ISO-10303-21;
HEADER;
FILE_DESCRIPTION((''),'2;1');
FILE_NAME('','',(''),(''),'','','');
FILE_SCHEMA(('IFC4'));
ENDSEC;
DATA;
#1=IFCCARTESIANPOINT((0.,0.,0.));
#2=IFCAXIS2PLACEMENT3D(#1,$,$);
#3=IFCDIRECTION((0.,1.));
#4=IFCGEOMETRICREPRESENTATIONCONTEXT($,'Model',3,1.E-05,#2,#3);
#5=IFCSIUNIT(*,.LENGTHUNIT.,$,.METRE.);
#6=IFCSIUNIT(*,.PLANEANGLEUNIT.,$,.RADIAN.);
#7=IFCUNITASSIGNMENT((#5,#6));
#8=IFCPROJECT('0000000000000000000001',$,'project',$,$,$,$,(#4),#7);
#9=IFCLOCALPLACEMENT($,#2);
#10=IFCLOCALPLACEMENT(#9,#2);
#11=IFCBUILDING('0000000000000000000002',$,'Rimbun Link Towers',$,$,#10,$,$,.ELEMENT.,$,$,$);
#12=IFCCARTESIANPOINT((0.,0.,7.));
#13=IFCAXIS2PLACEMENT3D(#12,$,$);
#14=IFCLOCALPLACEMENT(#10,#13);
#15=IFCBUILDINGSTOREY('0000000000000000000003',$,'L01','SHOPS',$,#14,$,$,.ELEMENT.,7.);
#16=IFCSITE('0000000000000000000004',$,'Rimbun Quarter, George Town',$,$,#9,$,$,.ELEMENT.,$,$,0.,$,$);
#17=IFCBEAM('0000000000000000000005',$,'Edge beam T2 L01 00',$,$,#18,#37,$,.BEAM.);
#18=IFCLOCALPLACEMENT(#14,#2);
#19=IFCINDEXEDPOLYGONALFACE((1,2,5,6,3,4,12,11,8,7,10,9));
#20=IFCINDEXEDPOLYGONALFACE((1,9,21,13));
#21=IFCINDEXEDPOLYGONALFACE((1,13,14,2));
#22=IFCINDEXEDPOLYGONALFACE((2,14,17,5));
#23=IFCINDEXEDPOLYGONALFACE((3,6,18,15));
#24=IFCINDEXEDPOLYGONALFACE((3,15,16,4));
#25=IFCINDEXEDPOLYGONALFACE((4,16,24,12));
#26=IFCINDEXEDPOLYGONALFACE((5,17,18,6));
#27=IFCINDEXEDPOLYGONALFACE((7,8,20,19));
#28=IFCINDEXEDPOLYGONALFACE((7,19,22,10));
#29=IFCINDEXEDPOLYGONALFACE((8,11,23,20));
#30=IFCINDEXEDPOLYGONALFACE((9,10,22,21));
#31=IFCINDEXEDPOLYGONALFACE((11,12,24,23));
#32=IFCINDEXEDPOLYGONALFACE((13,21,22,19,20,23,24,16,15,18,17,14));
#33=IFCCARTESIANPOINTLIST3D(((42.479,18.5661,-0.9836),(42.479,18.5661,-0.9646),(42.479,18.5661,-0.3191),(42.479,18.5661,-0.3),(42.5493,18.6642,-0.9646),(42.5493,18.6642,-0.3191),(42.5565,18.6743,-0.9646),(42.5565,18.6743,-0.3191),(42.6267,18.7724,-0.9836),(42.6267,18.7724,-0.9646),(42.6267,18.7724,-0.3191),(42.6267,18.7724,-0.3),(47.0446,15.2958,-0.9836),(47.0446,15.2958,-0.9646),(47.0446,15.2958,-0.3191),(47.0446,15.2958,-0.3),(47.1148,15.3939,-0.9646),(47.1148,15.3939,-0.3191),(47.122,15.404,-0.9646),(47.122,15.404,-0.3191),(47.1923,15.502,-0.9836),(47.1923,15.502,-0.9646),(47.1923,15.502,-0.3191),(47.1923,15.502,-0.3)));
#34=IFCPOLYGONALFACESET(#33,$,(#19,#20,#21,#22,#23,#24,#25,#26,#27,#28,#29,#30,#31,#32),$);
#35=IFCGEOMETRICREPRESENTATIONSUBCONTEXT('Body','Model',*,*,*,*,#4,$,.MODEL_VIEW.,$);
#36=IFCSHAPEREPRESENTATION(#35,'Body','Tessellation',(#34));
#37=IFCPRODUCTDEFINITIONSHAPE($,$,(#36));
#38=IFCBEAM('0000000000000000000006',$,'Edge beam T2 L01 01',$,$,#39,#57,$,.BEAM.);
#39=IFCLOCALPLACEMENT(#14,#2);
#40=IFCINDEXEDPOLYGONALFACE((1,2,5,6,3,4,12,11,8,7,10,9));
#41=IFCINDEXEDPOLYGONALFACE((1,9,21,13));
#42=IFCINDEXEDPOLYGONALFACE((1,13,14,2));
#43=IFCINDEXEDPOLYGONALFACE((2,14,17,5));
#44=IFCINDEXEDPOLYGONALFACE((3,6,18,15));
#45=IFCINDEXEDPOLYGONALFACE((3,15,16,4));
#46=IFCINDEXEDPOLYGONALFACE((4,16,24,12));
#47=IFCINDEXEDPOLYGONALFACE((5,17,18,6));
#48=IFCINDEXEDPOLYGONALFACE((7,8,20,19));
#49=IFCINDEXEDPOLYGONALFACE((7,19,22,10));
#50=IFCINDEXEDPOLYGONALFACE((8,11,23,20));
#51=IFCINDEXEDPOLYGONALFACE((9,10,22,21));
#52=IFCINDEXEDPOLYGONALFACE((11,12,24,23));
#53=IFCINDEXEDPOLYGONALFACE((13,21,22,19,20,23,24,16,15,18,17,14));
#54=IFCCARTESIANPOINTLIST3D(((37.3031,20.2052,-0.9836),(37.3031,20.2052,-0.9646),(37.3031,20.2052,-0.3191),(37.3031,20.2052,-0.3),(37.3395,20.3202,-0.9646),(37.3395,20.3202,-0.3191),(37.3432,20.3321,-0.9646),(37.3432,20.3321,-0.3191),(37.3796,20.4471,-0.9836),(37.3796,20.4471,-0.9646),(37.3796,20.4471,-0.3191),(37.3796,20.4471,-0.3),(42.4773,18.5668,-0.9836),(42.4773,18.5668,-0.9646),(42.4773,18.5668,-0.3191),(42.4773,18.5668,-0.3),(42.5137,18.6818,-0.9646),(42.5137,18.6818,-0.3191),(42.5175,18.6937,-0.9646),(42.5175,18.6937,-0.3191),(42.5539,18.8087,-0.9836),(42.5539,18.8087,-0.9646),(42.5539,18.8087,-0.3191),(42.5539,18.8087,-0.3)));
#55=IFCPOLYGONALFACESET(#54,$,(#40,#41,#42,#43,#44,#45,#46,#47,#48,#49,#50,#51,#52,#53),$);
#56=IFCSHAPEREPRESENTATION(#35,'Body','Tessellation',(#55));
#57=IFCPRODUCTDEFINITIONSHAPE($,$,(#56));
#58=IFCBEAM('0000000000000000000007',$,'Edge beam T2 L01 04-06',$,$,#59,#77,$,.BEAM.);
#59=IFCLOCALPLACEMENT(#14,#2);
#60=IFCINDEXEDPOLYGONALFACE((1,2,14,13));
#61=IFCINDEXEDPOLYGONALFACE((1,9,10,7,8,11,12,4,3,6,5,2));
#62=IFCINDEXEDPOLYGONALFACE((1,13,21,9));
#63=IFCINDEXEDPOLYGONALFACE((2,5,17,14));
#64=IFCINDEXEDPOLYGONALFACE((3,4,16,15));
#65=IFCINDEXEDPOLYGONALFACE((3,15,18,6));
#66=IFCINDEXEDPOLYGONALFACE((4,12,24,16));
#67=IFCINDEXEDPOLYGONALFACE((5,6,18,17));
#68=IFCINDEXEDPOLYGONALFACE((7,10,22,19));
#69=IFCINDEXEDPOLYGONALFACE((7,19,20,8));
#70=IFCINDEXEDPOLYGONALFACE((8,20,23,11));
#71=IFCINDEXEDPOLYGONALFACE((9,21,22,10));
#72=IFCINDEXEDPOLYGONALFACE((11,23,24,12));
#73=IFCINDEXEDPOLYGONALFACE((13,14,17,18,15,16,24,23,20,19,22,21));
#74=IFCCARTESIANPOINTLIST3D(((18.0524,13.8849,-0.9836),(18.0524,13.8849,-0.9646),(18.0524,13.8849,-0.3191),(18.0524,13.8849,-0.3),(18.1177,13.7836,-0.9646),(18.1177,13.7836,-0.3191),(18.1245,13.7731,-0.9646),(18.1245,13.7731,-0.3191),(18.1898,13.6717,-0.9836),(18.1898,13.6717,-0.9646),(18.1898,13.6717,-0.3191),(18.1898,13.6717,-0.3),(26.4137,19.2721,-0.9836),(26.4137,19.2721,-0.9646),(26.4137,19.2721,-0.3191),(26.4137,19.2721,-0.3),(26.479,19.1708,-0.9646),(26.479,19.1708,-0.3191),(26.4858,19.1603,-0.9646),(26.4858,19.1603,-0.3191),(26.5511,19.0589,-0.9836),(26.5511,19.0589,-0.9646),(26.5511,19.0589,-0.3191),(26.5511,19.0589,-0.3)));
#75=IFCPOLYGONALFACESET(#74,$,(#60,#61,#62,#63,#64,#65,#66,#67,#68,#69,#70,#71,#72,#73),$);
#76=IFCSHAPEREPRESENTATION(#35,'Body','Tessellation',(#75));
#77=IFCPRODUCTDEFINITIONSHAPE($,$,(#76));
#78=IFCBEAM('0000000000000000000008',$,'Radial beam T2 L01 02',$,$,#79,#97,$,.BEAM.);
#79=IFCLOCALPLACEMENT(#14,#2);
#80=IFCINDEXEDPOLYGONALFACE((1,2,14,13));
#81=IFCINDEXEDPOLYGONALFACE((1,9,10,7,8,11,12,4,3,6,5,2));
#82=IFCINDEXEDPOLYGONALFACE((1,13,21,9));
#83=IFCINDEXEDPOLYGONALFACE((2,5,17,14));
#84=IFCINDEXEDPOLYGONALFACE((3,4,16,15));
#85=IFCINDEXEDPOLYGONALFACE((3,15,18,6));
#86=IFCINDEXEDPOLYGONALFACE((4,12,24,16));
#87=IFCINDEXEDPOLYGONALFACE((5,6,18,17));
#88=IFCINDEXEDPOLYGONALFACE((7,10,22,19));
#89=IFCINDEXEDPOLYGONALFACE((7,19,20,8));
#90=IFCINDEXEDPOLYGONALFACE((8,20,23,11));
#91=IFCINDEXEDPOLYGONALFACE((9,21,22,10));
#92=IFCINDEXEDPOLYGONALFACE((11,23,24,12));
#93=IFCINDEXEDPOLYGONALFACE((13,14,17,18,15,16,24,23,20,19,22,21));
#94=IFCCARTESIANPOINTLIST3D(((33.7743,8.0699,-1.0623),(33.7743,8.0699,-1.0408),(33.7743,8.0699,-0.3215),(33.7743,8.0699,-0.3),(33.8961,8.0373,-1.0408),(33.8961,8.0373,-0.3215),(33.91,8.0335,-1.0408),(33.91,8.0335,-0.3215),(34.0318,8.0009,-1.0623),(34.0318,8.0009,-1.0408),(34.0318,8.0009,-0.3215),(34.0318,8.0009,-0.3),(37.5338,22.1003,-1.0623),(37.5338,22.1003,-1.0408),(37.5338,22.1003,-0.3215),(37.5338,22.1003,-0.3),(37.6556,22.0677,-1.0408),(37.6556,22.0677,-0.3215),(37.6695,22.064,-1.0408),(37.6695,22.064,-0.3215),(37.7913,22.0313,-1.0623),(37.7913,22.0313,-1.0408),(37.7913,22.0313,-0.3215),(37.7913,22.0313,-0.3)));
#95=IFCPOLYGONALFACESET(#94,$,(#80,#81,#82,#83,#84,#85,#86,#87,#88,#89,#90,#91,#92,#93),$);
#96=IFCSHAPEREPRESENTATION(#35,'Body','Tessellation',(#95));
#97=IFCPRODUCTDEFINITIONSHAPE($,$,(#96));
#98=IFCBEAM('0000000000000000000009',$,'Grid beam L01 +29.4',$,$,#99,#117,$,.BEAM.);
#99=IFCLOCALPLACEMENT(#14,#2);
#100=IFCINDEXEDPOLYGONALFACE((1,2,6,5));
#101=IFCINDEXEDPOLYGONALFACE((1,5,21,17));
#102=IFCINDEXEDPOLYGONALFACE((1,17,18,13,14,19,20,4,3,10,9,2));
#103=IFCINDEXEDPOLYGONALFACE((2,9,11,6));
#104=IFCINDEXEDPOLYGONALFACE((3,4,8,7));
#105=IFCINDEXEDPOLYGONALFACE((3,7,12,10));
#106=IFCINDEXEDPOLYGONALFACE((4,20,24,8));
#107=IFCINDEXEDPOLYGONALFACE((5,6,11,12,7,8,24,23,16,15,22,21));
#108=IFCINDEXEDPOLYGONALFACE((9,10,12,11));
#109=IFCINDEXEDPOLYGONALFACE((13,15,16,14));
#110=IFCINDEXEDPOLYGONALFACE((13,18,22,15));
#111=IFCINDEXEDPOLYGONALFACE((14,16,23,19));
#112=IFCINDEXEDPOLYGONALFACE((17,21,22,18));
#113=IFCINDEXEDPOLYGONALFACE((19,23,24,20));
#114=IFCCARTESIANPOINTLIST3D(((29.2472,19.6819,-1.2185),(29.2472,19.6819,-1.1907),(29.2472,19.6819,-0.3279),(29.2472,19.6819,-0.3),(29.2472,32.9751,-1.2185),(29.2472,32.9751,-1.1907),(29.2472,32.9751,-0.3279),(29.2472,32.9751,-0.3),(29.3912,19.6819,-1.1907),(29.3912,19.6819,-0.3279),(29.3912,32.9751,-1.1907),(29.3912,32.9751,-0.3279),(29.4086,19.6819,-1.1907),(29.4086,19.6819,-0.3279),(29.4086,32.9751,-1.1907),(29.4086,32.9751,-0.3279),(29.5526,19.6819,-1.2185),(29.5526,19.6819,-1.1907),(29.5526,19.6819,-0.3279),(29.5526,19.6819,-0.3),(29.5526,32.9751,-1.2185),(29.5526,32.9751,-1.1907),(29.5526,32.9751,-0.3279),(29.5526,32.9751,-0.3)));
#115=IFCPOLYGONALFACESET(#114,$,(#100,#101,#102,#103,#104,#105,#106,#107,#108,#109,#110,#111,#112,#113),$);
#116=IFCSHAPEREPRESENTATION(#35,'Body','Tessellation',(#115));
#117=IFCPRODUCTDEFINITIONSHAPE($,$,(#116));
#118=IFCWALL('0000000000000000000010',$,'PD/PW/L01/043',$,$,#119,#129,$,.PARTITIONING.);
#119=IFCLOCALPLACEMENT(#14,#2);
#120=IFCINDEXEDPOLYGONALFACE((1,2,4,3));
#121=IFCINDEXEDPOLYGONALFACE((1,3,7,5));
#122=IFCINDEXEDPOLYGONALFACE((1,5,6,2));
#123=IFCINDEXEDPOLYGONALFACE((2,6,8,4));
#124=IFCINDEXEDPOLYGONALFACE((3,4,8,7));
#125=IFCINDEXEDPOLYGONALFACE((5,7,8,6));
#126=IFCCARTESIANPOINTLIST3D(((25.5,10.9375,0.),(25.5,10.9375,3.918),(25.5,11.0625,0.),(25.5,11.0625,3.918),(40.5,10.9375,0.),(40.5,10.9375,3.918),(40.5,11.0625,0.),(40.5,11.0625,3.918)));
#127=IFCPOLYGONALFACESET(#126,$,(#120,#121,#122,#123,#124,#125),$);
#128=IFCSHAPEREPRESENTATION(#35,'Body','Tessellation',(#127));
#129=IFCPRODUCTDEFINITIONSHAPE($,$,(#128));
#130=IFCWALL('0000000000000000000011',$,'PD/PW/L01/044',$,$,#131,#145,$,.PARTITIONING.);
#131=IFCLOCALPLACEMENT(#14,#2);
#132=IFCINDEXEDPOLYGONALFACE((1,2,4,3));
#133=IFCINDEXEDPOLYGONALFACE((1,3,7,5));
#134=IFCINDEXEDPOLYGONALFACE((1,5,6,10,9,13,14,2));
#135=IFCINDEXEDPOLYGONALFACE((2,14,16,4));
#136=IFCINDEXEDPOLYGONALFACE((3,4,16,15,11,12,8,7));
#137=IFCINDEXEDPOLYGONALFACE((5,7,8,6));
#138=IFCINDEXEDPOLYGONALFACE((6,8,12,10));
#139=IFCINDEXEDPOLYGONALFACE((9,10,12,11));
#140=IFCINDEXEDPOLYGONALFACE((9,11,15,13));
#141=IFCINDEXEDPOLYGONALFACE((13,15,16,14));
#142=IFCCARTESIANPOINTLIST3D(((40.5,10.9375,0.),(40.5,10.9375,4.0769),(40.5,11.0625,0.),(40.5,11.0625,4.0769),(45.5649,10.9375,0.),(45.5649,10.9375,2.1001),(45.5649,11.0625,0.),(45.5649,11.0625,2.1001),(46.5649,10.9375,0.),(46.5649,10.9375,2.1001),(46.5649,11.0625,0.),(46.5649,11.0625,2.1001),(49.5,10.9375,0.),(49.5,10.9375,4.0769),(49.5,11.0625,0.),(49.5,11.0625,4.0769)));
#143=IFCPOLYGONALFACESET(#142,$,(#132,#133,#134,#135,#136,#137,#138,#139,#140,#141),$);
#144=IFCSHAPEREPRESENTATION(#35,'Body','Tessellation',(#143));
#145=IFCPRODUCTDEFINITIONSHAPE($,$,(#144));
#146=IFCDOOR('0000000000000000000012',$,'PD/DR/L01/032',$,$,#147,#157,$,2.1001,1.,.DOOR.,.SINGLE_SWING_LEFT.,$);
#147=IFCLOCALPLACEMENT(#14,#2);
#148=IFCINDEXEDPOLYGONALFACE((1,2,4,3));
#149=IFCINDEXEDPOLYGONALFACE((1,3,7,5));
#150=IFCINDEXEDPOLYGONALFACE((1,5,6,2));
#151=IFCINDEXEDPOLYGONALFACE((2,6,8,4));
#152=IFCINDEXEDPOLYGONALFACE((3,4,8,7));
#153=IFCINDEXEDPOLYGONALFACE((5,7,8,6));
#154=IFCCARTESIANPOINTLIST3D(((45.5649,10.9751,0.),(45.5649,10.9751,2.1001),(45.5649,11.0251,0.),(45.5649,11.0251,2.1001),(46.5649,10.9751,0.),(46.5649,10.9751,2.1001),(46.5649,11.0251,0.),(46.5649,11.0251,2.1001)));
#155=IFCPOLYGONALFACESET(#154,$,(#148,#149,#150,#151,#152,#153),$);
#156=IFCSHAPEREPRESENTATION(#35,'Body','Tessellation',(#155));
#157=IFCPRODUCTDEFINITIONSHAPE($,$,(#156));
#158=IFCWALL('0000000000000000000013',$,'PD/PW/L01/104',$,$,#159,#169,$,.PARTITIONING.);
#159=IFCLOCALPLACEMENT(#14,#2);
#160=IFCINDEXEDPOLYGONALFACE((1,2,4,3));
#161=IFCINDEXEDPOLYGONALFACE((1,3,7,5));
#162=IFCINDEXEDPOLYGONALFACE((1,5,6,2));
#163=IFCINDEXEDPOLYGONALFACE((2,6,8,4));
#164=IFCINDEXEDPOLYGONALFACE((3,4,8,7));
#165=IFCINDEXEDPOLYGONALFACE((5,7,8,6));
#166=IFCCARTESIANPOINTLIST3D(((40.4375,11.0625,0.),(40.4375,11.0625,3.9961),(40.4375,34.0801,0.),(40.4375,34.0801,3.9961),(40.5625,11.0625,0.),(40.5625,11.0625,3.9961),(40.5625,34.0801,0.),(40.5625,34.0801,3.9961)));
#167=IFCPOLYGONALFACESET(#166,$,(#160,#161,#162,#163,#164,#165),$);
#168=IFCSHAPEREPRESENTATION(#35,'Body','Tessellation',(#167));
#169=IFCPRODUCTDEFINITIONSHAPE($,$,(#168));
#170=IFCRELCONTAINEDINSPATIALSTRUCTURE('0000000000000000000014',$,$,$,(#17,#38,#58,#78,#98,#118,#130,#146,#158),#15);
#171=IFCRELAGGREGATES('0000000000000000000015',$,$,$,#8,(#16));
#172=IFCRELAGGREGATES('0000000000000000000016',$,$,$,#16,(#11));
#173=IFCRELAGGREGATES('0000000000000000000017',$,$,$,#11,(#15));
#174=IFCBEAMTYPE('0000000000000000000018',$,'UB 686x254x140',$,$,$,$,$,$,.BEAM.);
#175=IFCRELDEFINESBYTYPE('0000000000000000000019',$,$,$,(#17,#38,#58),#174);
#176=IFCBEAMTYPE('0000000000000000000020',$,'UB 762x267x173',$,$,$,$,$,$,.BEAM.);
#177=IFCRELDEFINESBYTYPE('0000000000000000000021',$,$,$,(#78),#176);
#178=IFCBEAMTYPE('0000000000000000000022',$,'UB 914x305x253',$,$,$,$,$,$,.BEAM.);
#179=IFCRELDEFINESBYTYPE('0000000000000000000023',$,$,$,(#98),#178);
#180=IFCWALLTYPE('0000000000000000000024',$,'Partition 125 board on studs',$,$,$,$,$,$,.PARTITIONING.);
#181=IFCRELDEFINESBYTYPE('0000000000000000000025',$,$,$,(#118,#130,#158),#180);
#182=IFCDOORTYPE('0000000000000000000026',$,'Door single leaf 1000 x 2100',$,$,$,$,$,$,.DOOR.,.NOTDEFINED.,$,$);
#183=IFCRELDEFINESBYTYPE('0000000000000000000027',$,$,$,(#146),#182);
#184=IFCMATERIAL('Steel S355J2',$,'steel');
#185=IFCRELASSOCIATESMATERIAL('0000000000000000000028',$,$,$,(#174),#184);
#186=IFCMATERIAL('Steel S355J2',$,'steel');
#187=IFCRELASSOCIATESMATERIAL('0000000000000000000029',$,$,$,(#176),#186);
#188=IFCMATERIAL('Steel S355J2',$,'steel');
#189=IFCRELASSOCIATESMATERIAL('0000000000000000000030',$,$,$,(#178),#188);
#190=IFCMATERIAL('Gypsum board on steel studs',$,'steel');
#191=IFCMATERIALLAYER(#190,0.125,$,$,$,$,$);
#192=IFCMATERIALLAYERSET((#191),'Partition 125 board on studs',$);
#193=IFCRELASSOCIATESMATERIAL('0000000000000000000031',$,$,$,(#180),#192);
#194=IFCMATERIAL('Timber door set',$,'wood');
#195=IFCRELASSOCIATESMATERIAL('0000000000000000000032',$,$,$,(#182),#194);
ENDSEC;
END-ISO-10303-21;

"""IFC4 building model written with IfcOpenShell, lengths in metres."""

from ifc_helpers import new_model, si_unit, direction, frame, frame_2d, origin, origin_2d, place, context, subcontext, project, spatial, rectangle, i_section, extrude, material, layer, layer_set, material_profile, profile_set, type_object, element, fill, save


model = new_model("IFC4")

# Units and contexts
model_context = context("Model", 3, precision=1e-05, world=origin(), true_north=direction((0.0, 1.0)))
body_context = subcontext(model_context, "Body", "Model", "MODEL_VIEW")
ifc_project = project(units=[si_unit("LENGTHUNIT", "METRE"), si_unit("PLANEANGLEUNIT", "RADIAN")], contexts=[model_context])

# Site, building, storey
site_placement = place(None, origin())
site = spatial("IfcSite", under=ifc_project, at=site_placement, Name="Rimbun Quarter, George Town", CompositionType="ELEMENT", RefElevation=0.0)
building_placement = place(site_placement, origin())
building = spatial("IfcBuilding", under=site, at=building_placement, Name="Rimbun Link Towers", CompositionType="ELEMENT")
storey_placement = place(building_placement, frame((0.0, 0.0, 7.0)))
storey = spatial("IfcBuildingStorey", under=building, at=storey_placement, Name="L01", Description="SHOPS", CompositionType="ELEMENT", Elevation=7.0)

# Beams
ifc_material_1 = material(Name="Steel S355J2", Category="steel")
ifc_material_profile_1 = material_profile(ifc_material_1, i_section(OverallWidth=0.2537, OverallDepth=0.6836, WebThickness=0.0125, FlangeThickness=0.019, at=origin_2d()), Name="UB 686x254x140")
ifc_profile_set_1 = profile_set([ifc_material_profile_1], Name="Steel S355J2")
beam_type_1 = type_object("IfcBeamType", Name="UB 686x254x140", PredefinedType="BEAM", material=ifc_profile_set_1)
beam_1_placement = place(storey_placement, frame((47.1184, 15.3989, -0.6418), z_axis=(-0.812954, 0.582327, 0.0), x_axis=(-0.582327, -0.812954, 0.0)))
element("IfcBeam", 1, at=beam_1_placement, inside=storey, type_object=beam_type_1, Name="Edge beam T2 L01 00", PredefinedType="BEAM", context=body_context, shape_type="SweptSolid", body=[
    extrude(i_section(OverallWidth=0.2537, OverallDepth=0.6836, WebThickness=0.0125, FlangeThickness=0.019, at=origin_2d()), origin(), (0.0, 0.0, 1.0), 5.616),
])
beam_2_placement = place(storey_placement, frame((42.5156, 18.6877, -0.6418), z_axis=(-0.953348, 0.301874, 0.0), x_axis=(-0.301874, -0.953348, 0.0)))
element("IfcBeam", 2, at=beam_2_placement, inside=storey, type_object=beam_type_1, Name="Edge beam T2 L01 01", PredefinedType="BEAM", context=body_context, shape_type="SweptSolid", body=[
    extrude(i_section(OverallWidth=0.2537, OverallDepth=0.6836, WebThickness=0.0125, FlangeThickness=0.019, at=origin_2d()), origin(), (0.0, 0.0, 1.0), 5.4275),
])
beam_3_placement = place(storey_placement, frame((26.4824, 19.1655, -0.6418), z_axis=(-0.840626, -0.541616, 0.0), x_axis=(0.541616, -0.840626, 0.0)))
element("IfcBeam", 3, at=beam_3_placement, inside=storey, type_object=beam_type_1, Name="Edge beam T2 L01 04-06", PredefinedType="BEAM", context=body_context, shape_type="SweptSolid", body=[
    extrude(i_section(OverallWidth=0.2537, OverallDepth=0.6836, WebThickness=0.0125, FlangeThickness=0.019, at=origin_2d()), origin(), (0.0, 0.0, 1.0), 9.9465),
])
ifc_material_2 = material(Name="Steel S355J2", Category="steel")
ifc_material_profile_2 = material_profile(ifc_material_2, i_section(OverallWidth=0.2666, OverallDepth=0.7622, WebThickness=0.0144, FlangeThickness=0.0215, at=origin_2d()), Name="UB 762x267x173")
ifc_profile_set_2 = profile_set([ifc_material_profile_2], Name="Steel S355J2")
beam_type_2 = type_object("IfcBeamType", Name="UB 762x267x173", PredefinedType="BEAM", material=ifc_profile_set_2)
beam_4_placement = place(storey_placement, frame((33.9031, 8.0354, -0.6812), z_axis=(0.258823, 0.965925, 0.0), x_axis=(-0.965925, 0.258823, 0.0)))
element("IfcBeam", 4, at=beam_4_placement, inside=storey, type_object=beam_type_2, Name="Radial beam T2 L01 02", PredefinedType="BEAM", context=body_context, shape_type="SweptSolid", body=[
    extrude(i_section(OverallWidth=0.2666, OverallDepth=0.7622, WebThickness=0.0144, FlangeThickness=0.0215, at=origin_2d()), origin(), (0.0, 0.0, 1.0), 14.5254),
])
ifc_material_3 = material(Name="Steel S355J2", Category="steel")
ifc_material_profile_3 = material_profile(ifc_material_3, i_section(OverallWidth=0.3054, OverallDepth=0.9185, WebThickness=0.0173, FlangeThickness=0.0278, at=origin_2d()), Name="UB 914x305x253")
ifc_profile_set_3 = profile_set([ifc_material_profile_3], Name="Steel S355J2")
beam_type_3 = type_object("IfcBeamType", Name="UB 914x305x253", PredefinedType="BEAM", material=ifc_profile_set_3)
beam_5_placement = place(storey_placement, frame((29.3999, 19.6819, -0.7593), z_axis=(0.0, 1.0, 0.0), x_axis=(-1.0, 0.0, 0.0)))
element("IfcBeam", 5, at=beam_5_placement, inside=storey, type_object=beam_type_3, Name="Grid beam L01 +29.4", PredefinedType="BEAM", context=body_context, shape_type="SweptSolid", body=[
    extrude(i_section(OverallWidth=0.3054, OverallDepth=0.9185, WebThickness=0.0173, FlangeThickness=0.0278, at=origin_2d()), origin(), (0.0, 0.0, 1.0), 13.2932),
])

# Wall
ifc_material_4 = material(Name="Gypsum board on steel studs", Category="steel")
ifc_layer_1 = layer(ifc_material_4, 0.125)
ifc_layer_set_1 = layer_set([ifc_layer_1], Name="Partition 125 board on studs")
wall_type_1 = type_object("IfcWallType", Name="Partition 125 board on studs", PredefinedType="PARTITIONING", material=ifc_layer_set_1)
wall_1_placement = place(storey_placement, frame((40.5, 11.0, 0.0), z_axis=(0.0, 0.0, 1.0), x_axis=(-1.0, 0.0, 0.0)))
element("IfcWall", 6, at=wall_1_placement, inside=storey, type_object=wall_type_1, Name="PD/PW/L01/043", PredefinedType="PARTITIONING", context=body_context, shape_type="SweptSolid", body=[
    extrude(rectangle(XDim=15.0, YDim=0.125, at=frame_2d((7.5, 0.0))), origin(), (0.0, 0.0, 1.0), 3.918),
])

# Wall, opening, door
wall_2_placement = place(storey_placement, frame((49.5, 11.0, 0.0), z_axis=(0.0, 0.0, 1.0), x_axis=(-1.0, 0.0, 0.0)))
wall_2 = element("IfcWall", 7, at=wall_2_placement, inside=storey, type_object=wall_type_1, Name="PD/PW/L01/044", PredefinedType="PARTITIONING", context=body_context, shape_type="SweptSolid", body=[
    extrude(rectangle(XDim=9.0, YDim=0.125, at=frame_2d((4.5, 0.0))), origin(), (0.0, 0.0, 1.0), 4.0769),
])
opening_1_placement = place(wall_2_placement, frame((2.9351, 0.0, 0.0)))
opening_1 = element("IfcOpeningElement", 8, at=opening_1_placement, cuts=wall_2, PredefinedType="OPENING", context=body_context, shape_type="SweptSolid", body=[
    extrude(rectangle(XDim=1.0, YDim=2.1001, at=frame_2d((0.5, 1.05))), frame((0.0, 0.0725, 0.0), z_axis=(0.0, -1.0, 0.0), x_axis=(1.0, 0.0, 0.0)), (0.0, 0.0, 1.0), 0.145),
])
ifc_material_5 = material(Name="Timber door set", Category="wood")
door_type_1 = type_object("IfcDoorType", Name="Door single leaf 1000 x 2100", OperationType="NOTDEFINED", PredefinedType="DOOR", material=ifc_material_5)
door_1_placement = place(opening_1_placement, origin())
door_1 = element("IfcDoor", 9, at=door_1_placement, inside=storey, type_object=door_type_1, Name="PD/DR/L01/032", OperationType="SINGLE_SWING_LEFT", OverallHeight=2.1001, OverallWidth=1.0, PredefinedType="DOOR", context=body_context, shape_type="SweptSolid", body=[
    extrude(rectangle(XDim=1.0, YDim=2.1001, at=frame_2d((0.5, 1.05))), frame((0.0, 0.0249, 0.0), z_axis=(0.0, -1.0, 0.0), x_axis=(1.0, 0.0, 0.0)), (0.0, 0.0, 1.0), 0.05),
])
fill(opening_1, door_1)

# Wall
wall_3_placement = place(storey_placement, frame((40.5, 11.0625, 0.0), z_axis=(0.0, 0.0, 1.0), x_axis=(0.0, 1.0, 0.0)))
element("IfcWall", 10, at=wall_3_placement, inside=storey, type_object=wall_type_1, Name="PD/PW/L01/104", PredefinedType="PARTITIONING", context=body_context, shape_type="SweptSolid", body=[
    extrude(rectangle(XDim=23.0176, YDim=0.125, at=frame_2d((11.5088, 0.0))), origin(), (0.0, 0.0, 1.0), 3.9961),
])

save(model, "model.ifc")
